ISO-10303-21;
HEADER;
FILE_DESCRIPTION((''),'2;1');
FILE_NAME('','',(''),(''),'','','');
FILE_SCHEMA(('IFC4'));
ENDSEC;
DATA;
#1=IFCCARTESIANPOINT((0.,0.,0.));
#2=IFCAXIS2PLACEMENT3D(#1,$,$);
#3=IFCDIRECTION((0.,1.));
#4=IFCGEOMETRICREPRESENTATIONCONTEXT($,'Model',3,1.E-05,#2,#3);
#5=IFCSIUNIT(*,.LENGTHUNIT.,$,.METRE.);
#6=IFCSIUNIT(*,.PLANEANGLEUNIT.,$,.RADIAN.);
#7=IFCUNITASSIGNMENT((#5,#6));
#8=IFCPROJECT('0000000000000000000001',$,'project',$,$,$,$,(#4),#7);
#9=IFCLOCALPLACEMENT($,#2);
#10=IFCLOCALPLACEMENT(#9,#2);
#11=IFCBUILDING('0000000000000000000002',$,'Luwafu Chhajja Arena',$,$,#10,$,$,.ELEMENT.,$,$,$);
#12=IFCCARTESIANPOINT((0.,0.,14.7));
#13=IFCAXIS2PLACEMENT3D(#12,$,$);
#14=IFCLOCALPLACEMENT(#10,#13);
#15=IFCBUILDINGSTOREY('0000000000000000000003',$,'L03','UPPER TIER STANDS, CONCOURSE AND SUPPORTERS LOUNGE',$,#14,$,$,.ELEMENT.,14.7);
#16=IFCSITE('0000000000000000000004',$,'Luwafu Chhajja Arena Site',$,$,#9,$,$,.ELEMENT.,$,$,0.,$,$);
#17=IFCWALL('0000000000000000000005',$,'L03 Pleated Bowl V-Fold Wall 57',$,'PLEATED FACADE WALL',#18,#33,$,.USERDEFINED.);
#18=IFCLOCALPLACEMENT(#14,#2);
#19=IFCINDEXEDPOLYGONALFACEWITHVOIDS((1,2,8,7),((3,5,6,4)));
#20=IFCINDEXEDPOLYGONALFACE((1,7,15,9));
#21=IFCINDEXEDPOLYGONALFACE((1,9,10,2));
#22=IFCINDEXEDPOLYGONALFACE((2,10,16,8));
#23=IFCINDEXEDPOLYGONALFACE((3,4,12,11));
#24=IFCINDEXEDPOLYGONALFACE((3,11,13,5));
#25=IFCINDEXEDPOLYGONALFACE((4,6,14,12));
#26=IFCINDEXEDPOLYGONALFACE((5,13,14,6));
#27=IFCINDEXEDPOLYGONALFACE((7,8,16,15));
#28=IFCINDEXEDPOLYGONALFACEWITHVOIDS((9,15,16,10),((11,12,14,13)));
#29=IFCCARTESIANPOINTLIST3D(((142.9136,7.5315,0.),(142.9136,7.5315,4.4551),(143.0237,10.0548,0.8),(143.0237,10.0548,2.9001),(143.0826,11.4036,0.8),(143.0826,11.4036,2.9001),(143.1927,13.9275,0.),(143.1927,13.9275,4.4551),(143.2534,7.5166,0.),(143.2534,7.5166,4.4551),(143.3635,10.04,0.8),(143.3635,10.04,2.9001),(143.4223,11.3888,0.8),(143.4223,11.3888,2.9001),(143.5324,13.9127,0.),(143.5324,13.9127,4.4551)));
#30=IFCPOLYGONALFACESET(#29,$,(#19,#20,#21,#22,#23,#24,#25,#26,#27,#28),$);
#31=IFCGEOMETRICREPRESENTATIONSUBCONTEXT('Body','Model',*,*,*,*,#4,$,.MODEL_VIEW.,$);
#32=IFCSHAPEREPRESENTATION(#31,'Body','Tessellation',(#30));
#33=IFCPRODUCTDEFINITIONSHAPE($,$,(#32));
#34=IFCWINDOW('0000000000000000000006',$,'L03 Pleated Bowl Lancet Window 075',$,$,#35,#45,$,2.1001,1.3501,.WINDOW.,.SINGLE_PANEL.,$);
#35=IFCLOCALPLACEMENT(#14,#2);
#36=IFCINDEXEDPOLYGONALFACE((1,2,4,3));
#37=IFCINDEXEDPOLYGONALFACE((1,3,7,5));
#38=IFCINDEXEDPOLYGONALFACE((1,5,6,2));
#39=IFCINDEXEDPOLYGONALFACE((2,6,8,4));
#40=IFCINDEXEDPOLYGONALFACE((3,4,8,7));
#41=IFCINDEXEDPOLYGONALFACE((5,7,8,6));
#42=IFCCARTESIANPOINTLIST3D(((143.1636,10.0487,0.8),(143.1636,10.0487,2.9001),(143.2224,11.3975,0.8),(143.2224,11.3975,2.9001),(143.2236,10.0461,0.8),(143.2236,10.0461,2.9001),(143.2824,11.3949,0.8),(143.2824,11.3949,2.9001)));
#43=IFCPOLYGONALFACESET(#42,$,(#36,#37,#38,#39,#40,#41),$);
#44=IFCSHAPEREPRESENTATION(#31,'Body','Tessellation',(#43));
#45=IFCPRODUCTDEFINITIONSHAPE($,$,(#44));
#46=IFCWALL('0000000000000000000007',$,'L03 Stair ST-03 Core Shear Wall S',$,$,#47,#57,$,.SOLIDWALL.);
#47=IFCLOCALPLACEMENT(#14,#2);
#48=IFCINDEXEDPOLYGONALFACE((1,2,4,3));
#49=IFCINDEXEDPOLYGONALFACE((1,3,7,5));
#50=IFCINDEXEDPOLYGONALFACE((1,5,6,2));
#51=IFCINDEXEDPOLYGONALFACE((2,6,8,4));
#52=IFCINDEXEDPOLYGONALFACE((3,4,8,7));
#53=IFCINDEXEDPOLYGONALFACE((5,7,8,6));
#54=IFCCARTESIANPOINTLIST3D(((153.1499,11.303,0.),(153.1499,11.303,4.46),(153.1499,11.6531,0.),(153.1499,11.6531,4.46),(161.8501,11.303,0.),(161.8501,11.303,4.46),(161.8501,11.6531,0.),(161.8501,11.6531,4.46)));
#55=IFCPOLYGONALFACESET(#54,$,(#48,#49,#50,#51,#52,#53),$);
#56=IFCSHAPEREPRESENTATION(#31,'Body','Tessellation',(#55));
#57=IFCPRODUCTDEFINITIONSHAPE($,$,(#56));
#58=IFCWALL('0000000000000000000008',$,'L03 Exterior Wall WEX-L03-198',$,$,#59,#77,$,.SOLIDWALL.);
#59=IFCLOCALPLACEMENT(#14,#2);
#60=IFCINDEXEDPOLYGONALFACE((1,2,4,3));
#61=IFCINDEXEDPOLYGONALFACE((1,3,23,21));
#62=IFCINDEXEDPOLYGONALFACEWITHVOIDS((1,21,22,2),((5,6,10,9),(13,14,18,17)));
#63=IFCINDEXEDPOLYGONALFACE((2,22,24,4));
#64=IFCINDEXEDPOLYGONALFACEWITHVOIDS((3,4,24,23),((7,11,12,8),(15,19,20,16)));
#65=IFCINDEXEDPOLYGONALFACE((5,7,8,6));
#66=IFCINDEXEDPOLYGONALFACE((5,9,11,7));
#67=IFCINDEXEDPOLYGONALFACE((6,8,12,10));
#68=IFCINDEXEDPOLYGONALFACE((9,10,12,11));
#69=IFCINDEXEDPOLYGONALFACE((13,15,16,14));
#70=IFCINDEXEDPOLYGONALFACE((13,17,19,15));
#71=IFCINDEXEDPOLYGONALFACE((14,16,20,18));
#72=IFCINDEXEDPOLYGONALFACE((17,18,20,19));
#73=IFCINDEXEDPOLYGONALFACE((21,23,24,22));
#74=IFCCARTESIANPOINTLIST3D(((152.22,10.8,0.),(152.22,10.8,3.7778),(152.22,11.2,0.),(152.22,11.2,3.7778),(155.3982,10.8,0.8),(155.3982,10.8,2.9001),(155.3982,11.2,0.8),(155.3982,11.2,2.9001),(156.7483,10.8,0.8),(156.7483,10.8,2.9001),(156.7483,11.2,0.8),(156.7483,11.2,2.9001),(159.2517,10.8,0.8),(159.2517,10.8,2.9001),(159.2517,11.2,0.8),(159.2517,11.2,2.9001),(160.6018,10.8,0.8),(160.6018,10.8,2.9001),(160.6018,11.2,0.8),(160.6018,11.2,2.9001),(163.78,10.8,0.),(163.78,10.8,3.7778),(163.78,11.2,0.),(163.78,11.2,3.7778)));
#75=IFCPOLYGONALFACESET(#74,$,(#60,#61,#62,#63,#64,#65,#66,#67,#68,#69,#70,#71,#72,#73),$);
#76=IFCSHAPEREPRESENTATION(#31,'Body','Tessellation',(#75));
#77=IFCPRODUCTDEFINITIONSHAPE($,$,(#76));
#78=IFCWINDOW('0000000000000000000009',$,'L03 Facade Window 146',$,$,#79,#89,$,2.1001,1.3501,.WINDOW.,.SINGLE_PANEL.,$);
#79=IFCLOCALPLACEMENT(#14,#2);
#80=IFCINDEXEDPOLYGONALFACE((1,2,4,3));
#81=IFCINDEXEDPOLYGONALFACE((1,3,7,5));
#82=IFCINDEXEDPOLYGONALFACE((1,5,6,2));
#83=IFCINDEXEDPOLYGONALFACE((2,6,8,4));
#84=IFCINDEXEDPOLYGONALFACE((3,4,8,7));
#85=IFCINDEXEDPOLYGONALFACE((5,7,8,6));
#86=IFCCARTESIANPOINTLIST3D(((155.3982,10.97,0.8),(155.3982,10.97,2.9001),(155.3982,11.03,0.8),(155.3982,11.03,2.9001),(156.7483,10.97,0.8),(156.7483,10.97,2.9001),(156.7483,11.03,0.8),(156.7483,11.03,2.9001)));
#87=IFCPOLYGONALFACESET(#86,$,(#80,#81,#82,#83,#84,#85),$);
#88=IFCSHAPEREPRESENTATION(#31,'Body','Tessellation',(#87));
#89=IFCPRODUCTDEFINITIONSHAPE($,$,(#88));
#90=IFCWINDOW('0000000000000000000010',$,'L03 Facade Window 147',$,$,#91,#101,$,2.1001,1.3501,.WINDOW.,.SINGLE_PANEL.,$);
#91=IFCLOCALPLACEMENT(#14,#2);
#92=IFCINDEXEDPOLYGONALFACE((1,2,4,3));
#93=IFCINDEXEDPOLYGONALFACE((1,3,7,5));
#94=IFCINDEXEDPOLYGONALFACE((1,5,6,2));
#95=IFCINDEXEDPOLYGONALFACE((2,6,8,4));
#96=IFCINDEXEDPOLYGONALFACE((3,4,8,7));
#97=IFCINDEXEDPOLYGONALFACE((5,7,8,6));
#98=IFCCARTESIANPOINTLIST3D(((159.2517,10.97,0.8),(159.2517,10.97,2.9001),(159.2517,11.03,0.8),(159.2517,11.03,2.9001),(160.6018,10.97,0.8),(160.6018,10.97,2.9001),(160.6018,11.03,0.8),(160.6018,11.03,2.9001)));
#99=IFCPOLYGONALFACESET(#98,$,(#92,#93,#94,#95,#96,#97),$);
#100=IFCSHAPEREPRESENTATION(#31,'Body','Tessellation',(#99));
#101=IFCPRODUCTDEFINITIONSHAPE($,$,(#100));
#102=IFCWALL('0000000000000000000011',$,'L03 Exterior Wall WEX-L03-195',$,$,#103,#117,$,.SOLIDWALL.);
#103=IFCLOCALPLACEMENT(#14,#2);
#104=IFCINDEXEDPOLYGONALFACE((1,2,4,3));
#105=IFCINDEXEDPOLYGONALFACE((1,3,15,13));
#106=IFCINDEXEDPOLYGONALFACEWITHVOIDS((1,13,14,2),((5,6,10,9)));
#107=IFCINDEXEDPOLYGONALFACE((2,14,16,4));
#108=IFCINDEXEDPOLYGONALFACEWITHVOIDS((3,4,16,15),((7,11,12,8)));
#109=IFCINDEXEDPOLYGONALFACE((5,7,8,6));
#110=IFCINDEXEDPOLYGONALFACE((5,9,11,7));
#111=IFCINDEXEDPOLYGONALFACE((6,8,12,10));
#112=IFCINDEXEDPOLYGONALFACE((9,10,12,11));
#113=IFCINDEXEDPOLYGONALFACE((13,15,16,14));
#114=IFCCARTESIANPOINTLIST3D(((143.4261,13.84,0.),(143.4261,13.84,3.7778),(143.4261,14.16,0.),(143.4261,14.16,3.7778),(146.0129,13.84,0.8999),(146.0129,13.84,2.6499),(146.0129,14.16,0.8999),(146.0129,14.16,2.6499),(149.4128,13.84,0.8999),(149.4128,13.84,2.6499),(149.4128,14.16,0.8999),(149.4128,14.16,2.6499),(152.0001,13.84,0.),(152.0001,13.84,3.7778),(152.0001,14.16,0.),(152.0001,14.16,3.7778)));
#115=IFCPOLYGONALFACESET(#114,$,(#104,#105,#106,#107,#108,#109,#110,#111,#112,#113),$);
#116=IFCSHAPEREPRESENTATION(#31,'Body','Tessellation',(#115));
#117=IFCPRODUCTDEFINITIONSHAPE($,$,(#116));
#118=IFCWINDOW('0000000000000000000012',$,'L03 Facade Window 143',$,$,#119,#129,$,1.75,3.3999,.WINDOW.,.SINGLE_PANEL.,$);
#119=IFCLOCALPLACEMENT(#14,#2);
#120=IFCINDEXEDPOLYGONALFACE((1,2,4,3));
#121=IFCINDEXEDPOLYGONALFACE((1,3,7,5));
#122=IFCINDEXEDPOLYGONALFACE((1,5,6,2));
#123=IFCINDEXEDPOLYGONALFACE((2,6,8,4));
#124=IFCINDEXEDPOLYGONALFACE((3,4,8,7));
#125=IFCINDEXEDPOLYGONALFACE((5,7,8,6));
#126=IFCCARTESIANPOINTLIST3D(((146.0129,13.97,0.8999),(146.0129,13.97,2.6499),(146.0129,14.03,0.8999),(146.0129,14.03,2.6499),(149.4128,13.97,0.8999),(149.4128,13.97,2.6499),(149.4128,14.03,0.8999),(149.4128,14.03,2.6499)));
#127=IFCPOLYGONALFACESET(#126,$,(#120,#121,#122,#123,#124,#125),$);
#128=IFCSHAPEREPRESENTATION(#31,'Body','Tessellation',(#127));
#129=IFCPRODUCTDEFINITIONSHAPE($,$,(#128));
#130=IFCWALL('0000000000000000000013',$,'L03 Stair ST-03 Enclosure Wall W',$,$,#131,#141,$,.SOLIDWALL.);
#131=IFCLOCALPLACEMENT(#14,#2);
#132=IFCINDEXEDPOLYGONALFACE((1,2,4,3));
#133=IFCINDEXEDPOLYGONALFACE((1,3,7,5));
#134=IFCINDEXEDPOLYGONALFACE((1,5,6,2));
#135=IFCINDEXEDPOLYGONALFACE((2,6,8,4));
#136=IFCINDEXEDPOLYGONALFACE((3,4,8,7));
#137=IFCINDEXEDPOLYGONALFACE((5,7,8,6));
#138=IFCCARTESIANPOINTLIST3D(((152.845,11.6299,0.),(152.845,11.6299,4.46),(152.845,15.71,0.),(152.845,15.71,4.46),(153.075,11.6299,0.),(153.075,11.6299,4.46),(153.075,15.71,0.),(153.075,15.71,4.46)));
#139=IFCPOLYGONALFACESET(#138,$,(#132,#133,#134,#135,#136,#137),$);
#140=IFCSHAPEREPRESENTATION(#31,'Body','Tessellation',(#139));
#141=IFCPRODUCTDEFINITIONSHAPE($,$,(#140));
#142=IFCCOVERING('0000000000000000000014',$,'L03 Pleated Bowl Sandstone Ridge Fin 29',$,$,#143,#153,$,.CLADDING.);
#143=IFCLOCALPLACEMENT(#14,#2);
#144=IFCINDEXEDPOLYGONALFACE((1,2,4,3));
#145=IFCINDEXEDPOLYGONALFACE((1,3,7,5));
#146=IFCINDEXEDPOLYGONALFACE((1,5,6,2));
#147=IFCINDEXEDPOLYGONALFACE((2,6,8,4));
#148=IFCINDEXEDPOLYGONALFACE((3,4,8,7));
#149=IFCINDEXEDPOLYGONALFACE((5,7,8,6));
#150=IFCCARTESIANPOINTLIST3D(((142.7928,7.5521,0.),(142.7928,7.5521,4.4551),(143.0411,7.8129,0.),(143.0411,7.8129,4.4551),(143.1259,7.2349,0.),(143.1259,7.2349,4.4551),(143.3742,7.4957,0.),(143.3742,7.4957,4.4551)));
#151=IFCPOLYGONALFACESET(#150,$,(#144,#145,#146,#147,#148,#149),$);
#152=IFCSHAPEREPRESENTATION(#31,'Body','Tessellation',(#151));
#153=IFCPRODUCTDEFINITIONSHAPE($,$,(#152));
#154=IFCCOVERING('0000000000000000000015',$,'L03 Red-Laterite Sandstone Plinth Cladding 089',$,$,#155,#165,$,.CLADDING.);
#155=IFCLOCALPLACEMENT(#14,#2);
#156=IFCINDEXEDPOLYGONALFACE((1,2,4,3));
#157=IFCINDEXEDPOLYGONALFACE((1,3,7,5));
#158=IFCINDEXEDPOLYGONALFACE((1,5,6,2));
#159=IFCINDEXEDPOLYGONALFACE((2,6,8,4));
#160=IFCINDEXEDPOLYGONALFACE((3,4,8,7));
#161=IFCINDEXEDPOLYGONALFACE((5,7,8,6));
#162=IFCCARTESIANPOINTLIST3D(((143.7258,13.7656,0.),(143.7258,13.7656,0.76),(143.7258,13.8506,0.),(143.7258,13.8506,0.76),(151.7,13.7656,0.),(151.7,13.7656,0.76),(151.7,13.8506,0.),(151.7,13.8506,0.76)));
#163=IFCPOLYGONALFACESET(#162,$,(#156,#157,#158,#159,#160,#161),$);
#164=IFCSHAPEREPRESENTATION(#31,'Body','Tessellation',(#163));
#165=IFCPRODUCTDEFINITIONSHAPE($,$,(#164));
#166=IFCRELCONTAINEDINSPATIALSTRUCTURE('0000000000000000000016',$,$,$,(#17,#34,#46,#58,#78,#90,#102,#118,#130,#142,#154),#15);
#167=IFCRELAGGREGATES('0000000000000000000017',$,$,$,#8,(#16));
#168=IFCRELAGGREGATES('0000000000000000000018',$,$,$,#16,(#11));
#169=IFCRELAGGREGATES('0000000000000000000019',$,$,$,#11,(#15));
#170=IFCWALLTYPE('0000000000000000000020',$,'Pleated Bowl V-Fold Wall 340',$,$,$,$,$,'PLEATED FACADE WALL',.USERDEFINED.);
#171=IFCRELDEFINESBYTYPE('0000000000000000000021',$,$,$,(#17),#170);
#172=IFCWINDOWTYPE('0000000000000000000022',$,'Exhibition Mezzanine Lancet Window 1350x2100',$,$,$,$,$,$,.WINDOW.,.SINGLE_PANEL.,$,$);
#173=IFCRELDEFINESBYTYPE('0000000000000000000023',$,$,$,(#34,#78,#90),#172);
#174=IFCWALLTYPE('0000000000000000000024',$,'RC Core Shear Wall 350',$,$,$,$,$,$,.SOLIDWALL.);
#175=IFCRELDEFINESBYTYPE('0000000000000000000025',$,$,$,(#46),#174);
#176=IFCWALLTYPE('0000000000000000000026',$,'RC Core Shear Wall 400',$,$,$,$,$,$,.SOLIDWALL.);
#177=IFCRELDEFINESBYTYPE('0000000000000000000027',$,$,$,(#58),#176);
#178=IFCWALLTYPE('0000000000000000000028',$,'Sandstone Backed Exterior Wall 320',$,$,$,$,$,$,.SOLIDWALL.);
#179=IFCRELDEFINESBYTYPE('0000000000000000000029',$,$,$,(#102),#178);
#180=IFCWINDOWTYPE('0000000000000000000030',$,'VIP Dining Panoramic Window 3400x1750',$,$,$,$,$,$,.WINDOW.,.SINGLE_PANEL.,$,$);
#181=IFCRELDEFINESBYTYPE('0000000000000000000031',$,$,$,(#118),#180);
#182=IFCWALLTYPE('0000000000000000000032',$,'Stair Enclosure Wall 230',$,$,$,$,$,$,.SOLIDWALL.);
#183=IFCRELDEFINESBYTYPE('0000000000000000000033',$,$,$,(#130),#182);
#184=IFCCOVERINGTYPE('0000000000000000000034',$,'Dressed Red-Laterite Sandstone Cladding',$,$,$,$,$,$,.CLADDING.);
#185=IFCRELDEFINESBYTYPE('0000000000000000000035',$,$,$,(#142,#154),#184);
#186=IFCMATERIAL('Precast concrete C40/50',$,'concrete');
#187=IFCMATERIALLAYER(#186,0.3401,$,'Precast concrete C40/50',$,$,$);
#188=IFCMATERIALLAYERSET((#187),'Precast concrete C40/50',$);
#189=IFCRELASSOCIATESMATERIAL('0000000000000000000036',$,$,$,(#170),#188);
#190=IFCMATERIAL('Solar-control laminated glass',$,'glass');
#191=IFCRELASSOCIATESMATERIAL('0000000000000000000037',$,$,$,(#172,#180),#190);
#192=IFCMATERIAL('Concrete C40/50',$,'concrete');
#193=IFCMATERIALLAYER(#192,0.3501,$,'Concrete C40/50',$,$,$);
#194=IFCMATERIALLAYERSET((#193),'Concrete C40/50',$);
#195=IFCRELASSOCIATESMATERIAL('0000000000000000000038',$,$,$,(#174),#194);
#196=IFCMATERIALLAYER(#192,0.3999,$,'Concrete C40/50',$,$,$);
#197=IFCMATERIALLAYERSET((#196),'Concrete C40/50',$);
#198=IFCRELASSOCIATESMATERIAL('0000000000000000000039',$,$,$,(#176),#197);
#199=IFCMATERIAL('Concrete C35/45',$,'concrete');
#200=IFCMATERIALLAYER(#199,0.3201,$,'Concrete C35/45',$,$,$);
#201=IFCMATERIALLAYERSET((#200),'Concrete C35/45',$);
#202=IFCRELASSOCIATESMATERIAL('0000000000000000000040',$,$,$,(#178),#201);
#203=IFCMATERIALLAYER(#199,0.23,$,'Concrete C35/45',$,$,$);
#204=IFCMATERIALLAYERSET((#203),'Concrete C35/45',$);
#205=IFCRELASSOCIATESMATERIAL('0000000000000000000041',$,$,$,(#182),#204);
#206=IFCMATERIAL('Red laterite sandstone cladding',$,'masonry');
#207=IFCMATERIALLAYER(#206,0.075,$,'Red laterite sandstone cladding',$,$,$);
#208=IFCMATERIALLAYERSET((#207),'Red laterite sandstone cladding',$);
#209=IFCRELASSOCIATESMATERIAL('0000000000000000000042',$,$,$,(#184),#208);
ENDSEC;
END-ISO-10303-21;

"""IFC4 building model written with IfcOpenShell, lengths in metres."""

from ifc_helpers import new_model, si_unit, direction, frame, frame_2d, origin, origin_2d, place, context, subcontext, project, spatial, rectangle, extrude, material, layer, layer_set, type_object, element, fill, save


model = new_model("IFC4")

# Units and contexts
model_context = context("Model", 3, precision=1e-05, world=origin(), true_north=direction((0.0, 1.0)))
body_context = subcontext(model_context, "Body", "Model", "MODEL_VIEW")
ifc_project = project(units=[si_unit("LENGTHUNIT", "METRE"), si_unit("PLANEANGLEUNIT", "RADIAN")], contexts=[model_context])

# Site, building, storey
site_placement = place(None, origin())
site = spatial("IfcSite", under=ifc_project, at=site_placement, Name="Luwafu Chhajja Arena Site", CompositionType="ELEMENT", RefElevation=0.0)
building_placement = place(site_placement, origin())
building = spatial("IfcBuilding", under=site, at=building_placement, Name="Luwafu Chhajja Arena", CompositionType="ELEMENT")
storey_placement = place(building_placement, frame((0.0, 0.0, 14.7)))
storey = spatial("IfcBuildingStorey", under=building, at=storey_placement, Name="L03", Description="UPPER TIER STANDS, CONCOURSE AND SUPPORTERS LOUNGE", CompositionType="ELEMENT", Elevation=14.7)

# Shared definitions
ifc_material_1 = material(Name="Concrete C35/45", Category="concrete")

# Wall, opening, window
ifc_material_2 = material(Name="Precast concrete C40/50", Category="concrete")
ifc_layer_1 = layer(ifc_material_2, 0.3401, Name="Precast concrete C40/50")
ifc_layer_set_1 = layer_set([ifc_layer_1], Name="Precast concrete C40/50")
wall_type_1 = type_object("IfcWallType", Name="Pleated Bowl V-Fold Wall 340", ElementType="PLEATED FACADE WALL", PredefinedType="USERDEFINED", material=ifc_layer_set_1)
wall_1_placement = place(storey_placement, frame((143.0835, 7.5239, 0.0), z_axis=(0.0, 0.0, 1.0), x_axis=(0.043588, 0.99905, 0.0)))
wall_1 = element("IfcWall", 1, at=wall_1_placement, inside=storey, type_object=wall_type_1, Name="L03 Pleated Bowl V-Fold Wall 57", ObjectType="PLEATED FACADE WALL", PredefinedType="USERDEFINED", context=body_context, shape_type="SweptSolid", body=[
    extrude(rectangle(XDim=6.4021, YDim=0.3401, at=frame_2d((3.2012, 0.0))), origin(), (0.0, 0.0, 1.0), 4.4551),
])
opening_1_placement = place(wall_1_placement, frame((2.5259, 0.0, 0.8)))
opening_1 = element("IfcOpeningElement", 2, at=opening_1_placement, cuts=wall_1, PredefinedType="OPENING", context=body_context, shape_type="SweptSolid", body=[
    extrude(rectangle(XDim=1.3501, YDim=2.1001, at=frame_2d((0.675, 1.05))), frame((0.0, 0.1799, 0.0), z_axis=(0.0, -1.0, 0.0), x_axis=(1.0, 0.0, 0.0)), (0.0, 0.0, 1.0), 0.3601),
])
ifc_material_3 = material(Name="Solar-control laminated glass", Category="glass")
window_type_1 = type_object("IfcWindowType", Name="Exhibition Mezzanine Lancet Window 1350x2100", PartitioningType="SINGLE_PANEL", PredefinedType="WINDOW", material=ifc_material_3)
window_1_placement = place(opening_1_placement, origin())
window_1 = element("IfcWindow", 3, at=window_1_placement, inside=storey, type_object=window_type_1, Name="L03 Pleated Bowl Lancet Window 075", OverallHeight=2.1001, OverallWidth=1.3501, PartitioningType="SINGLE_PANEL", PredefinedType="WINDOW", context=body_context, shape_type="SweptSolid", body=[
    extrude(rectangle(XDim=1.3501, YDim=2.1001, at=frame_2d((0.675, 1.05))), frame((0.0, 0.03, 0.0), z_axis=(0.0, -1.0, 0.0), x_axis=(1.0, 0.0, 0.0)), (0.0, 0.0, 1.0), 0.0601),
])
fill(opening_1, window_1)

# Wall
ifc_material_4 = material(Name="Concrete C40/50", Category="concrete")
ifc_layer_2 = layer(ifc_material_4, 0.3501, Name="Concrete C40/50")
ifc_layer_set_2 = layer_set([ifc_layer_2], Name="Concrete C40/50")
wall_type_2 = type_object("IfcWallType", Name="RC Core Shear Wall 350", PredefinedType="SOLIDWALL", material=ifc_layer_set_2)
wall_2_placement = place(storey_placement, frame((153.1499, 11.478, 0.0), z_axis=(0.0, 0.0, 1.0), x_axis=(1.0, 0.0, 0.0)))
element("IfcWall", 4, at=wall_2_placement, inside=storey, type_object=wall_type_2, Name="L03 Stair ST-03 Core Shear Wall S", PredefinedType="SOLIDWALL", context=body_context, shape_type="SweptSolid", body=[
    extrude(rectangle(XDim=8.7002, YDim=0.3501, at=frame_2d((4.3501, 0.0))), origin(), (0.0, 0.0, 1.0), 4.46),
])

# Wall, openings, windows
ifc_layer_3 = layer(ifc_material_4, 0.3999, Name="Concrete C40/50")
ifc_layer_set_3 = layer_set([ifc_layer_3], Name="Concrete C40/50")
wall_type_3 = type_object("IfcWallType", Name="RC Core Shear Wall 400", PredefinedType="SOLIDWALL", material=ifc_layer_set_3)
wall_3_placement = place(storey_placement, frame((152.22, 11.0, 0.0), z_axis=(0.0, 0.0, 1.0), x_axis=(1.0, 0.0, 0.0)))
wall_3 = element("IfcWall", 5, at=wall_3_placement, inside=storey, type_object=wall_type_3, Name="L03 Exterior Wall WEX-L03-198", PredefinedType="SOLIDWALL", context=body_context, shape_type="SweptSolid", body=[
    extrude(rectangle(XDim=11.5601, YDim=0.3999, at=frame_2d((5.78, 0.0))), origin(), (0.0, 0.0, 1.0), 3.7778),
])
opening_2_placement = place(wall_3_placement, frame((3.1782, 0.0, 0.8)))
opening_2 = element("IfcOpeningElement", 6, at=opening_2_placement, cuts=wall_3, PredefinedType="OPENING", context=body_context, shape_type="SweptSolid", body=[
    extrude(rectangle(XDim=1.3501, YDim=2.1001, at=frame_2d((0.675, 1.05))), frame((0.0, 0.21, 0.0), z_axis=(0.0, -1.0, 0.0), x_axis=(1.0, 0.0, 0.0)), (0.0, 0.0, 1.0), 0.4199),
])
opening_3_placement = place(wall_3_placement, frame((7.0317, 0.0, 0.8)))
opening_3 = element("IfcOpeningElement", 7, at=opening_3_placement, cuts=wall_3, PredefinedType="OPENING", context=body_context, shape_type="SweptSolid", body=[
    extrude(rectangle(XDim=1.3501, YDim=2.1001, at=frame_2d((0.675, 1.05))), frame((0.0, 0.21, 0.0), z_axis=(0.0, -1.0, 0.0), x_axis=(1.0, 0.0, 0.0)), (0.0, 0.0, 1.0), 0.4199),
])
window_2_placement = place(opening_2_placement, origin())
window_2 = element("IfcWindow", 8, at=window_2_placement, inside=storey, type_object=window_type_1, Name="L03 Facade Window 146", OverallHeight=2.1001, OverallWidth=1.3501, PartitioningType="SINGLE_PANEL", PredefinedType="WINDOW", context=body_context, shape_type="SweptSolid", body=[
    extrude(rectangle(XDim=1.3501, YDim=2.1001, at=frame_2d((0.675, 1.05))), frame((0.0, 0.03, 0.0), z_axis=(0.0, -1.0, 0.0), x_axis=(1.0, 0.0, 0.0)), (0.0, 0.0, 1.0), 0.0601),
])
fill(opening_2, window_2)
window_3_placement = place(opening_3_placement, origin())
window_3 = element("IfcWindow", 9, at=window_3_placement, inside=storey, type_object=window_type_1, Name="L03 Facade Window 147", OverallHeight=2.1001, OverallWidth=1.3501, PartitioningType="SINGLE_PANEL", PredefinedType="WINDOW", context=body_context, shape_type="SweptSolid", body=[
    extrude(rectangle(XDim=1.3501, YDim=2.1001, at=frame_2d((0.675, 1.05))), frame((0.0, 0.03, 0.0), z_axis=(0.0, -1.0, 0.0), x_axis=(1.0, 0.0, 0.0)), (0.0, 0.0, 1.0), 0.0601),
])
fill(opening_3, window_3)

# Wall, opening, window
ifc_layer_4 = layer(ifc_material_1, 0.3201, Name="Concrete C35/45")
ifc_layer_set_4 = layer_set([ifc_layer_4], Name="Concrete C35/45")
wall_type_4 = type_object("IfcWallType", Name="Sandstone Backed Exterior Wall 320", PredefinedType="SOLIDWALL", material=ifc_layer_set_4)
wall_4_placement = place(storey_placement, frame((143.426, 14.0, 0.0), z_axis=(0.0, 0.0, 1.0), x_axis=(1.0, 0.0, 0.0)))
wall_4 = element("IfcWall", 10, at=wall_4_placement, inside=storey, type_object=wall_type_4, Name="L03 Exterior Wall WEX-L03-195", PredefinedType="SOLIDWALL", context=body_context, shape_type="SweptSolid", body=[
    extrude(rectangle(XDim=8.574, YDim=0.3201, at=frame_2d((4.2871, 0.0))), origin(), (0.0, 0.0, 1.0), 3.7778),
])
opening_4_placement = place(wall_4_placement, frame((2.5869, 0.0, 0.8999)))
opening_4 = element("IfcOpeningElement", 11, at=opening_4_placement, cuts=wall_4, PredefinedType="OPENING", context=body_context, shape_type="SweptSolid", body=[
    extrude(rectangle(XDim=3.3999, YDim=1.75, at=frame_2d((1.7, 0.875))), frame((0.0, 0.1699, 0.0), z_axis=(0.0, -1.0, 0.0), x_axis=(1.0, 0.0, 0.0)), (0.0, 0.0, 1.0), 0.3401),
])
window_type_2 = type_object("IfcWindowType", Name="VIP Dining Panoramic Window 3400x1750", PartitioningType="SINGLE_PANEL", PredefinedType="WINDOW", material=ifc_material_3)
window_4_placement = place(opening_4_placement, origin())
window_4 = element("IfcWindow", 12, at=window_4_placement, inside=storey, type_object=window_type_2, Name="L03 Facade Window 143", OverallHeight=1.75, OverallWidth=3.3999, PartitioningType="SINGLE_PANEL", PredefinedType="WINDOW", context=body_context, shape_type="SweptSolid", body=[
    extrude(rectangle(XDim=3.3999, YDim=1.75, at=frame_2d((1.7, 0.875))), frame((0.0, 0.03, 0.0), z_axis=(0.0, -1.0, 0.0), x_axis=(1.0, 0.0, 0.0)), (0.0, 0.0, 1.0), 0.0601),
])
fill(opening_4, window_4)

# Wall
ifc_layer_5 = layer(ifc_material_1, 0.23, Name="Concrete C35/45")
ifc_layer_set_5 = layer_set([ifc_layer_5], Name="Concrete C35/45")
wall_type_5 = type_object("IfcWallType", Name="Stair Enclosure Wall 230", PredefinedType="SOLIDWALL", material=ifc_layer_set_5)
wall_5_placement = place(storey_placement, frame((152.96, 11.6299, 0.0), z_axis=(0.0, 0.0, 1.0), x_axis=(0.0, 1.0, 0.0)))
element("IfcWall", 13, at=wall_5_placement, inside=storey, type_object=wall_type_5, Name="L03 Stair ST-03 Enclosure Wall W", PredefinedType="SOLIDWALL", context=body_context, shape_type="SweptSolid", body=[
    extrude(rectangle(XDim=4.0801, YDim=0.23, at=frame_2d((2.04, 0.0))), origin(), (0.0, 0.0, 1.0), 4.46),
])

# Coverings
ifc_material_5 = material(Name="Red laterite sandstone cladding", Category="masonry")
ifc_layer_6 = layer(ifc_material_5, 0.075, Name="Red laterite sandstone cladding")
ifc_layer_set_6 = layer_set([ifc_layer_6], Name="Red laterite sandstone cladding")
covering_type = type_object("IfcCoveringType", Name="Dressed Red-Laterite Sandstone Cladding", PredefinedType="CLADDING", material=ifc_layer_set_6)
covering_1_placement = place(storey_placement, frame((143.0835, 7.5239, 0.0), z_axis=(0.0, 0.0, 1.0), x_axis=(0.724207, -0.689583, 0.0)))
element("IfcCovering", 14, at=covering_1_placement, inside=storey, type_object=covering_type, Name="L03 Pleated Bowl Sandstone Ridge Fin 29", PredefinedType="CLADDING", context=body_context, shape_type="SweptSolid", body=[
    extrude(rectangle(XDim=0.46, YDim=0.3601, at=origin_2d()), origin(), (0.0, 0.0, 1.0), 4.4551),
])
covering_2_placement = place(storey_placement, frame((147.7129, 13.8081, 0.0), z_axis=(0.0, 0.0, 1.0), x_axis=(1.0, 0.0, 0.0)))
element("IfcCovering", 15, at=covering_2_placement, inside=storey, type_object=covering_type, Name="L03 Red-Laterite Sandstone Plinth Cladding 089", PredefinedType="CLADDING", context=body_context, shape_type="SweptSolid", body=[
    extrude(rectangle(XDim=7.9741, YDim=0.085, at=origin_2d()), origin(), (0.0, 0.0, 1.0), 0.76),
])

save(model, "model.ifc")
